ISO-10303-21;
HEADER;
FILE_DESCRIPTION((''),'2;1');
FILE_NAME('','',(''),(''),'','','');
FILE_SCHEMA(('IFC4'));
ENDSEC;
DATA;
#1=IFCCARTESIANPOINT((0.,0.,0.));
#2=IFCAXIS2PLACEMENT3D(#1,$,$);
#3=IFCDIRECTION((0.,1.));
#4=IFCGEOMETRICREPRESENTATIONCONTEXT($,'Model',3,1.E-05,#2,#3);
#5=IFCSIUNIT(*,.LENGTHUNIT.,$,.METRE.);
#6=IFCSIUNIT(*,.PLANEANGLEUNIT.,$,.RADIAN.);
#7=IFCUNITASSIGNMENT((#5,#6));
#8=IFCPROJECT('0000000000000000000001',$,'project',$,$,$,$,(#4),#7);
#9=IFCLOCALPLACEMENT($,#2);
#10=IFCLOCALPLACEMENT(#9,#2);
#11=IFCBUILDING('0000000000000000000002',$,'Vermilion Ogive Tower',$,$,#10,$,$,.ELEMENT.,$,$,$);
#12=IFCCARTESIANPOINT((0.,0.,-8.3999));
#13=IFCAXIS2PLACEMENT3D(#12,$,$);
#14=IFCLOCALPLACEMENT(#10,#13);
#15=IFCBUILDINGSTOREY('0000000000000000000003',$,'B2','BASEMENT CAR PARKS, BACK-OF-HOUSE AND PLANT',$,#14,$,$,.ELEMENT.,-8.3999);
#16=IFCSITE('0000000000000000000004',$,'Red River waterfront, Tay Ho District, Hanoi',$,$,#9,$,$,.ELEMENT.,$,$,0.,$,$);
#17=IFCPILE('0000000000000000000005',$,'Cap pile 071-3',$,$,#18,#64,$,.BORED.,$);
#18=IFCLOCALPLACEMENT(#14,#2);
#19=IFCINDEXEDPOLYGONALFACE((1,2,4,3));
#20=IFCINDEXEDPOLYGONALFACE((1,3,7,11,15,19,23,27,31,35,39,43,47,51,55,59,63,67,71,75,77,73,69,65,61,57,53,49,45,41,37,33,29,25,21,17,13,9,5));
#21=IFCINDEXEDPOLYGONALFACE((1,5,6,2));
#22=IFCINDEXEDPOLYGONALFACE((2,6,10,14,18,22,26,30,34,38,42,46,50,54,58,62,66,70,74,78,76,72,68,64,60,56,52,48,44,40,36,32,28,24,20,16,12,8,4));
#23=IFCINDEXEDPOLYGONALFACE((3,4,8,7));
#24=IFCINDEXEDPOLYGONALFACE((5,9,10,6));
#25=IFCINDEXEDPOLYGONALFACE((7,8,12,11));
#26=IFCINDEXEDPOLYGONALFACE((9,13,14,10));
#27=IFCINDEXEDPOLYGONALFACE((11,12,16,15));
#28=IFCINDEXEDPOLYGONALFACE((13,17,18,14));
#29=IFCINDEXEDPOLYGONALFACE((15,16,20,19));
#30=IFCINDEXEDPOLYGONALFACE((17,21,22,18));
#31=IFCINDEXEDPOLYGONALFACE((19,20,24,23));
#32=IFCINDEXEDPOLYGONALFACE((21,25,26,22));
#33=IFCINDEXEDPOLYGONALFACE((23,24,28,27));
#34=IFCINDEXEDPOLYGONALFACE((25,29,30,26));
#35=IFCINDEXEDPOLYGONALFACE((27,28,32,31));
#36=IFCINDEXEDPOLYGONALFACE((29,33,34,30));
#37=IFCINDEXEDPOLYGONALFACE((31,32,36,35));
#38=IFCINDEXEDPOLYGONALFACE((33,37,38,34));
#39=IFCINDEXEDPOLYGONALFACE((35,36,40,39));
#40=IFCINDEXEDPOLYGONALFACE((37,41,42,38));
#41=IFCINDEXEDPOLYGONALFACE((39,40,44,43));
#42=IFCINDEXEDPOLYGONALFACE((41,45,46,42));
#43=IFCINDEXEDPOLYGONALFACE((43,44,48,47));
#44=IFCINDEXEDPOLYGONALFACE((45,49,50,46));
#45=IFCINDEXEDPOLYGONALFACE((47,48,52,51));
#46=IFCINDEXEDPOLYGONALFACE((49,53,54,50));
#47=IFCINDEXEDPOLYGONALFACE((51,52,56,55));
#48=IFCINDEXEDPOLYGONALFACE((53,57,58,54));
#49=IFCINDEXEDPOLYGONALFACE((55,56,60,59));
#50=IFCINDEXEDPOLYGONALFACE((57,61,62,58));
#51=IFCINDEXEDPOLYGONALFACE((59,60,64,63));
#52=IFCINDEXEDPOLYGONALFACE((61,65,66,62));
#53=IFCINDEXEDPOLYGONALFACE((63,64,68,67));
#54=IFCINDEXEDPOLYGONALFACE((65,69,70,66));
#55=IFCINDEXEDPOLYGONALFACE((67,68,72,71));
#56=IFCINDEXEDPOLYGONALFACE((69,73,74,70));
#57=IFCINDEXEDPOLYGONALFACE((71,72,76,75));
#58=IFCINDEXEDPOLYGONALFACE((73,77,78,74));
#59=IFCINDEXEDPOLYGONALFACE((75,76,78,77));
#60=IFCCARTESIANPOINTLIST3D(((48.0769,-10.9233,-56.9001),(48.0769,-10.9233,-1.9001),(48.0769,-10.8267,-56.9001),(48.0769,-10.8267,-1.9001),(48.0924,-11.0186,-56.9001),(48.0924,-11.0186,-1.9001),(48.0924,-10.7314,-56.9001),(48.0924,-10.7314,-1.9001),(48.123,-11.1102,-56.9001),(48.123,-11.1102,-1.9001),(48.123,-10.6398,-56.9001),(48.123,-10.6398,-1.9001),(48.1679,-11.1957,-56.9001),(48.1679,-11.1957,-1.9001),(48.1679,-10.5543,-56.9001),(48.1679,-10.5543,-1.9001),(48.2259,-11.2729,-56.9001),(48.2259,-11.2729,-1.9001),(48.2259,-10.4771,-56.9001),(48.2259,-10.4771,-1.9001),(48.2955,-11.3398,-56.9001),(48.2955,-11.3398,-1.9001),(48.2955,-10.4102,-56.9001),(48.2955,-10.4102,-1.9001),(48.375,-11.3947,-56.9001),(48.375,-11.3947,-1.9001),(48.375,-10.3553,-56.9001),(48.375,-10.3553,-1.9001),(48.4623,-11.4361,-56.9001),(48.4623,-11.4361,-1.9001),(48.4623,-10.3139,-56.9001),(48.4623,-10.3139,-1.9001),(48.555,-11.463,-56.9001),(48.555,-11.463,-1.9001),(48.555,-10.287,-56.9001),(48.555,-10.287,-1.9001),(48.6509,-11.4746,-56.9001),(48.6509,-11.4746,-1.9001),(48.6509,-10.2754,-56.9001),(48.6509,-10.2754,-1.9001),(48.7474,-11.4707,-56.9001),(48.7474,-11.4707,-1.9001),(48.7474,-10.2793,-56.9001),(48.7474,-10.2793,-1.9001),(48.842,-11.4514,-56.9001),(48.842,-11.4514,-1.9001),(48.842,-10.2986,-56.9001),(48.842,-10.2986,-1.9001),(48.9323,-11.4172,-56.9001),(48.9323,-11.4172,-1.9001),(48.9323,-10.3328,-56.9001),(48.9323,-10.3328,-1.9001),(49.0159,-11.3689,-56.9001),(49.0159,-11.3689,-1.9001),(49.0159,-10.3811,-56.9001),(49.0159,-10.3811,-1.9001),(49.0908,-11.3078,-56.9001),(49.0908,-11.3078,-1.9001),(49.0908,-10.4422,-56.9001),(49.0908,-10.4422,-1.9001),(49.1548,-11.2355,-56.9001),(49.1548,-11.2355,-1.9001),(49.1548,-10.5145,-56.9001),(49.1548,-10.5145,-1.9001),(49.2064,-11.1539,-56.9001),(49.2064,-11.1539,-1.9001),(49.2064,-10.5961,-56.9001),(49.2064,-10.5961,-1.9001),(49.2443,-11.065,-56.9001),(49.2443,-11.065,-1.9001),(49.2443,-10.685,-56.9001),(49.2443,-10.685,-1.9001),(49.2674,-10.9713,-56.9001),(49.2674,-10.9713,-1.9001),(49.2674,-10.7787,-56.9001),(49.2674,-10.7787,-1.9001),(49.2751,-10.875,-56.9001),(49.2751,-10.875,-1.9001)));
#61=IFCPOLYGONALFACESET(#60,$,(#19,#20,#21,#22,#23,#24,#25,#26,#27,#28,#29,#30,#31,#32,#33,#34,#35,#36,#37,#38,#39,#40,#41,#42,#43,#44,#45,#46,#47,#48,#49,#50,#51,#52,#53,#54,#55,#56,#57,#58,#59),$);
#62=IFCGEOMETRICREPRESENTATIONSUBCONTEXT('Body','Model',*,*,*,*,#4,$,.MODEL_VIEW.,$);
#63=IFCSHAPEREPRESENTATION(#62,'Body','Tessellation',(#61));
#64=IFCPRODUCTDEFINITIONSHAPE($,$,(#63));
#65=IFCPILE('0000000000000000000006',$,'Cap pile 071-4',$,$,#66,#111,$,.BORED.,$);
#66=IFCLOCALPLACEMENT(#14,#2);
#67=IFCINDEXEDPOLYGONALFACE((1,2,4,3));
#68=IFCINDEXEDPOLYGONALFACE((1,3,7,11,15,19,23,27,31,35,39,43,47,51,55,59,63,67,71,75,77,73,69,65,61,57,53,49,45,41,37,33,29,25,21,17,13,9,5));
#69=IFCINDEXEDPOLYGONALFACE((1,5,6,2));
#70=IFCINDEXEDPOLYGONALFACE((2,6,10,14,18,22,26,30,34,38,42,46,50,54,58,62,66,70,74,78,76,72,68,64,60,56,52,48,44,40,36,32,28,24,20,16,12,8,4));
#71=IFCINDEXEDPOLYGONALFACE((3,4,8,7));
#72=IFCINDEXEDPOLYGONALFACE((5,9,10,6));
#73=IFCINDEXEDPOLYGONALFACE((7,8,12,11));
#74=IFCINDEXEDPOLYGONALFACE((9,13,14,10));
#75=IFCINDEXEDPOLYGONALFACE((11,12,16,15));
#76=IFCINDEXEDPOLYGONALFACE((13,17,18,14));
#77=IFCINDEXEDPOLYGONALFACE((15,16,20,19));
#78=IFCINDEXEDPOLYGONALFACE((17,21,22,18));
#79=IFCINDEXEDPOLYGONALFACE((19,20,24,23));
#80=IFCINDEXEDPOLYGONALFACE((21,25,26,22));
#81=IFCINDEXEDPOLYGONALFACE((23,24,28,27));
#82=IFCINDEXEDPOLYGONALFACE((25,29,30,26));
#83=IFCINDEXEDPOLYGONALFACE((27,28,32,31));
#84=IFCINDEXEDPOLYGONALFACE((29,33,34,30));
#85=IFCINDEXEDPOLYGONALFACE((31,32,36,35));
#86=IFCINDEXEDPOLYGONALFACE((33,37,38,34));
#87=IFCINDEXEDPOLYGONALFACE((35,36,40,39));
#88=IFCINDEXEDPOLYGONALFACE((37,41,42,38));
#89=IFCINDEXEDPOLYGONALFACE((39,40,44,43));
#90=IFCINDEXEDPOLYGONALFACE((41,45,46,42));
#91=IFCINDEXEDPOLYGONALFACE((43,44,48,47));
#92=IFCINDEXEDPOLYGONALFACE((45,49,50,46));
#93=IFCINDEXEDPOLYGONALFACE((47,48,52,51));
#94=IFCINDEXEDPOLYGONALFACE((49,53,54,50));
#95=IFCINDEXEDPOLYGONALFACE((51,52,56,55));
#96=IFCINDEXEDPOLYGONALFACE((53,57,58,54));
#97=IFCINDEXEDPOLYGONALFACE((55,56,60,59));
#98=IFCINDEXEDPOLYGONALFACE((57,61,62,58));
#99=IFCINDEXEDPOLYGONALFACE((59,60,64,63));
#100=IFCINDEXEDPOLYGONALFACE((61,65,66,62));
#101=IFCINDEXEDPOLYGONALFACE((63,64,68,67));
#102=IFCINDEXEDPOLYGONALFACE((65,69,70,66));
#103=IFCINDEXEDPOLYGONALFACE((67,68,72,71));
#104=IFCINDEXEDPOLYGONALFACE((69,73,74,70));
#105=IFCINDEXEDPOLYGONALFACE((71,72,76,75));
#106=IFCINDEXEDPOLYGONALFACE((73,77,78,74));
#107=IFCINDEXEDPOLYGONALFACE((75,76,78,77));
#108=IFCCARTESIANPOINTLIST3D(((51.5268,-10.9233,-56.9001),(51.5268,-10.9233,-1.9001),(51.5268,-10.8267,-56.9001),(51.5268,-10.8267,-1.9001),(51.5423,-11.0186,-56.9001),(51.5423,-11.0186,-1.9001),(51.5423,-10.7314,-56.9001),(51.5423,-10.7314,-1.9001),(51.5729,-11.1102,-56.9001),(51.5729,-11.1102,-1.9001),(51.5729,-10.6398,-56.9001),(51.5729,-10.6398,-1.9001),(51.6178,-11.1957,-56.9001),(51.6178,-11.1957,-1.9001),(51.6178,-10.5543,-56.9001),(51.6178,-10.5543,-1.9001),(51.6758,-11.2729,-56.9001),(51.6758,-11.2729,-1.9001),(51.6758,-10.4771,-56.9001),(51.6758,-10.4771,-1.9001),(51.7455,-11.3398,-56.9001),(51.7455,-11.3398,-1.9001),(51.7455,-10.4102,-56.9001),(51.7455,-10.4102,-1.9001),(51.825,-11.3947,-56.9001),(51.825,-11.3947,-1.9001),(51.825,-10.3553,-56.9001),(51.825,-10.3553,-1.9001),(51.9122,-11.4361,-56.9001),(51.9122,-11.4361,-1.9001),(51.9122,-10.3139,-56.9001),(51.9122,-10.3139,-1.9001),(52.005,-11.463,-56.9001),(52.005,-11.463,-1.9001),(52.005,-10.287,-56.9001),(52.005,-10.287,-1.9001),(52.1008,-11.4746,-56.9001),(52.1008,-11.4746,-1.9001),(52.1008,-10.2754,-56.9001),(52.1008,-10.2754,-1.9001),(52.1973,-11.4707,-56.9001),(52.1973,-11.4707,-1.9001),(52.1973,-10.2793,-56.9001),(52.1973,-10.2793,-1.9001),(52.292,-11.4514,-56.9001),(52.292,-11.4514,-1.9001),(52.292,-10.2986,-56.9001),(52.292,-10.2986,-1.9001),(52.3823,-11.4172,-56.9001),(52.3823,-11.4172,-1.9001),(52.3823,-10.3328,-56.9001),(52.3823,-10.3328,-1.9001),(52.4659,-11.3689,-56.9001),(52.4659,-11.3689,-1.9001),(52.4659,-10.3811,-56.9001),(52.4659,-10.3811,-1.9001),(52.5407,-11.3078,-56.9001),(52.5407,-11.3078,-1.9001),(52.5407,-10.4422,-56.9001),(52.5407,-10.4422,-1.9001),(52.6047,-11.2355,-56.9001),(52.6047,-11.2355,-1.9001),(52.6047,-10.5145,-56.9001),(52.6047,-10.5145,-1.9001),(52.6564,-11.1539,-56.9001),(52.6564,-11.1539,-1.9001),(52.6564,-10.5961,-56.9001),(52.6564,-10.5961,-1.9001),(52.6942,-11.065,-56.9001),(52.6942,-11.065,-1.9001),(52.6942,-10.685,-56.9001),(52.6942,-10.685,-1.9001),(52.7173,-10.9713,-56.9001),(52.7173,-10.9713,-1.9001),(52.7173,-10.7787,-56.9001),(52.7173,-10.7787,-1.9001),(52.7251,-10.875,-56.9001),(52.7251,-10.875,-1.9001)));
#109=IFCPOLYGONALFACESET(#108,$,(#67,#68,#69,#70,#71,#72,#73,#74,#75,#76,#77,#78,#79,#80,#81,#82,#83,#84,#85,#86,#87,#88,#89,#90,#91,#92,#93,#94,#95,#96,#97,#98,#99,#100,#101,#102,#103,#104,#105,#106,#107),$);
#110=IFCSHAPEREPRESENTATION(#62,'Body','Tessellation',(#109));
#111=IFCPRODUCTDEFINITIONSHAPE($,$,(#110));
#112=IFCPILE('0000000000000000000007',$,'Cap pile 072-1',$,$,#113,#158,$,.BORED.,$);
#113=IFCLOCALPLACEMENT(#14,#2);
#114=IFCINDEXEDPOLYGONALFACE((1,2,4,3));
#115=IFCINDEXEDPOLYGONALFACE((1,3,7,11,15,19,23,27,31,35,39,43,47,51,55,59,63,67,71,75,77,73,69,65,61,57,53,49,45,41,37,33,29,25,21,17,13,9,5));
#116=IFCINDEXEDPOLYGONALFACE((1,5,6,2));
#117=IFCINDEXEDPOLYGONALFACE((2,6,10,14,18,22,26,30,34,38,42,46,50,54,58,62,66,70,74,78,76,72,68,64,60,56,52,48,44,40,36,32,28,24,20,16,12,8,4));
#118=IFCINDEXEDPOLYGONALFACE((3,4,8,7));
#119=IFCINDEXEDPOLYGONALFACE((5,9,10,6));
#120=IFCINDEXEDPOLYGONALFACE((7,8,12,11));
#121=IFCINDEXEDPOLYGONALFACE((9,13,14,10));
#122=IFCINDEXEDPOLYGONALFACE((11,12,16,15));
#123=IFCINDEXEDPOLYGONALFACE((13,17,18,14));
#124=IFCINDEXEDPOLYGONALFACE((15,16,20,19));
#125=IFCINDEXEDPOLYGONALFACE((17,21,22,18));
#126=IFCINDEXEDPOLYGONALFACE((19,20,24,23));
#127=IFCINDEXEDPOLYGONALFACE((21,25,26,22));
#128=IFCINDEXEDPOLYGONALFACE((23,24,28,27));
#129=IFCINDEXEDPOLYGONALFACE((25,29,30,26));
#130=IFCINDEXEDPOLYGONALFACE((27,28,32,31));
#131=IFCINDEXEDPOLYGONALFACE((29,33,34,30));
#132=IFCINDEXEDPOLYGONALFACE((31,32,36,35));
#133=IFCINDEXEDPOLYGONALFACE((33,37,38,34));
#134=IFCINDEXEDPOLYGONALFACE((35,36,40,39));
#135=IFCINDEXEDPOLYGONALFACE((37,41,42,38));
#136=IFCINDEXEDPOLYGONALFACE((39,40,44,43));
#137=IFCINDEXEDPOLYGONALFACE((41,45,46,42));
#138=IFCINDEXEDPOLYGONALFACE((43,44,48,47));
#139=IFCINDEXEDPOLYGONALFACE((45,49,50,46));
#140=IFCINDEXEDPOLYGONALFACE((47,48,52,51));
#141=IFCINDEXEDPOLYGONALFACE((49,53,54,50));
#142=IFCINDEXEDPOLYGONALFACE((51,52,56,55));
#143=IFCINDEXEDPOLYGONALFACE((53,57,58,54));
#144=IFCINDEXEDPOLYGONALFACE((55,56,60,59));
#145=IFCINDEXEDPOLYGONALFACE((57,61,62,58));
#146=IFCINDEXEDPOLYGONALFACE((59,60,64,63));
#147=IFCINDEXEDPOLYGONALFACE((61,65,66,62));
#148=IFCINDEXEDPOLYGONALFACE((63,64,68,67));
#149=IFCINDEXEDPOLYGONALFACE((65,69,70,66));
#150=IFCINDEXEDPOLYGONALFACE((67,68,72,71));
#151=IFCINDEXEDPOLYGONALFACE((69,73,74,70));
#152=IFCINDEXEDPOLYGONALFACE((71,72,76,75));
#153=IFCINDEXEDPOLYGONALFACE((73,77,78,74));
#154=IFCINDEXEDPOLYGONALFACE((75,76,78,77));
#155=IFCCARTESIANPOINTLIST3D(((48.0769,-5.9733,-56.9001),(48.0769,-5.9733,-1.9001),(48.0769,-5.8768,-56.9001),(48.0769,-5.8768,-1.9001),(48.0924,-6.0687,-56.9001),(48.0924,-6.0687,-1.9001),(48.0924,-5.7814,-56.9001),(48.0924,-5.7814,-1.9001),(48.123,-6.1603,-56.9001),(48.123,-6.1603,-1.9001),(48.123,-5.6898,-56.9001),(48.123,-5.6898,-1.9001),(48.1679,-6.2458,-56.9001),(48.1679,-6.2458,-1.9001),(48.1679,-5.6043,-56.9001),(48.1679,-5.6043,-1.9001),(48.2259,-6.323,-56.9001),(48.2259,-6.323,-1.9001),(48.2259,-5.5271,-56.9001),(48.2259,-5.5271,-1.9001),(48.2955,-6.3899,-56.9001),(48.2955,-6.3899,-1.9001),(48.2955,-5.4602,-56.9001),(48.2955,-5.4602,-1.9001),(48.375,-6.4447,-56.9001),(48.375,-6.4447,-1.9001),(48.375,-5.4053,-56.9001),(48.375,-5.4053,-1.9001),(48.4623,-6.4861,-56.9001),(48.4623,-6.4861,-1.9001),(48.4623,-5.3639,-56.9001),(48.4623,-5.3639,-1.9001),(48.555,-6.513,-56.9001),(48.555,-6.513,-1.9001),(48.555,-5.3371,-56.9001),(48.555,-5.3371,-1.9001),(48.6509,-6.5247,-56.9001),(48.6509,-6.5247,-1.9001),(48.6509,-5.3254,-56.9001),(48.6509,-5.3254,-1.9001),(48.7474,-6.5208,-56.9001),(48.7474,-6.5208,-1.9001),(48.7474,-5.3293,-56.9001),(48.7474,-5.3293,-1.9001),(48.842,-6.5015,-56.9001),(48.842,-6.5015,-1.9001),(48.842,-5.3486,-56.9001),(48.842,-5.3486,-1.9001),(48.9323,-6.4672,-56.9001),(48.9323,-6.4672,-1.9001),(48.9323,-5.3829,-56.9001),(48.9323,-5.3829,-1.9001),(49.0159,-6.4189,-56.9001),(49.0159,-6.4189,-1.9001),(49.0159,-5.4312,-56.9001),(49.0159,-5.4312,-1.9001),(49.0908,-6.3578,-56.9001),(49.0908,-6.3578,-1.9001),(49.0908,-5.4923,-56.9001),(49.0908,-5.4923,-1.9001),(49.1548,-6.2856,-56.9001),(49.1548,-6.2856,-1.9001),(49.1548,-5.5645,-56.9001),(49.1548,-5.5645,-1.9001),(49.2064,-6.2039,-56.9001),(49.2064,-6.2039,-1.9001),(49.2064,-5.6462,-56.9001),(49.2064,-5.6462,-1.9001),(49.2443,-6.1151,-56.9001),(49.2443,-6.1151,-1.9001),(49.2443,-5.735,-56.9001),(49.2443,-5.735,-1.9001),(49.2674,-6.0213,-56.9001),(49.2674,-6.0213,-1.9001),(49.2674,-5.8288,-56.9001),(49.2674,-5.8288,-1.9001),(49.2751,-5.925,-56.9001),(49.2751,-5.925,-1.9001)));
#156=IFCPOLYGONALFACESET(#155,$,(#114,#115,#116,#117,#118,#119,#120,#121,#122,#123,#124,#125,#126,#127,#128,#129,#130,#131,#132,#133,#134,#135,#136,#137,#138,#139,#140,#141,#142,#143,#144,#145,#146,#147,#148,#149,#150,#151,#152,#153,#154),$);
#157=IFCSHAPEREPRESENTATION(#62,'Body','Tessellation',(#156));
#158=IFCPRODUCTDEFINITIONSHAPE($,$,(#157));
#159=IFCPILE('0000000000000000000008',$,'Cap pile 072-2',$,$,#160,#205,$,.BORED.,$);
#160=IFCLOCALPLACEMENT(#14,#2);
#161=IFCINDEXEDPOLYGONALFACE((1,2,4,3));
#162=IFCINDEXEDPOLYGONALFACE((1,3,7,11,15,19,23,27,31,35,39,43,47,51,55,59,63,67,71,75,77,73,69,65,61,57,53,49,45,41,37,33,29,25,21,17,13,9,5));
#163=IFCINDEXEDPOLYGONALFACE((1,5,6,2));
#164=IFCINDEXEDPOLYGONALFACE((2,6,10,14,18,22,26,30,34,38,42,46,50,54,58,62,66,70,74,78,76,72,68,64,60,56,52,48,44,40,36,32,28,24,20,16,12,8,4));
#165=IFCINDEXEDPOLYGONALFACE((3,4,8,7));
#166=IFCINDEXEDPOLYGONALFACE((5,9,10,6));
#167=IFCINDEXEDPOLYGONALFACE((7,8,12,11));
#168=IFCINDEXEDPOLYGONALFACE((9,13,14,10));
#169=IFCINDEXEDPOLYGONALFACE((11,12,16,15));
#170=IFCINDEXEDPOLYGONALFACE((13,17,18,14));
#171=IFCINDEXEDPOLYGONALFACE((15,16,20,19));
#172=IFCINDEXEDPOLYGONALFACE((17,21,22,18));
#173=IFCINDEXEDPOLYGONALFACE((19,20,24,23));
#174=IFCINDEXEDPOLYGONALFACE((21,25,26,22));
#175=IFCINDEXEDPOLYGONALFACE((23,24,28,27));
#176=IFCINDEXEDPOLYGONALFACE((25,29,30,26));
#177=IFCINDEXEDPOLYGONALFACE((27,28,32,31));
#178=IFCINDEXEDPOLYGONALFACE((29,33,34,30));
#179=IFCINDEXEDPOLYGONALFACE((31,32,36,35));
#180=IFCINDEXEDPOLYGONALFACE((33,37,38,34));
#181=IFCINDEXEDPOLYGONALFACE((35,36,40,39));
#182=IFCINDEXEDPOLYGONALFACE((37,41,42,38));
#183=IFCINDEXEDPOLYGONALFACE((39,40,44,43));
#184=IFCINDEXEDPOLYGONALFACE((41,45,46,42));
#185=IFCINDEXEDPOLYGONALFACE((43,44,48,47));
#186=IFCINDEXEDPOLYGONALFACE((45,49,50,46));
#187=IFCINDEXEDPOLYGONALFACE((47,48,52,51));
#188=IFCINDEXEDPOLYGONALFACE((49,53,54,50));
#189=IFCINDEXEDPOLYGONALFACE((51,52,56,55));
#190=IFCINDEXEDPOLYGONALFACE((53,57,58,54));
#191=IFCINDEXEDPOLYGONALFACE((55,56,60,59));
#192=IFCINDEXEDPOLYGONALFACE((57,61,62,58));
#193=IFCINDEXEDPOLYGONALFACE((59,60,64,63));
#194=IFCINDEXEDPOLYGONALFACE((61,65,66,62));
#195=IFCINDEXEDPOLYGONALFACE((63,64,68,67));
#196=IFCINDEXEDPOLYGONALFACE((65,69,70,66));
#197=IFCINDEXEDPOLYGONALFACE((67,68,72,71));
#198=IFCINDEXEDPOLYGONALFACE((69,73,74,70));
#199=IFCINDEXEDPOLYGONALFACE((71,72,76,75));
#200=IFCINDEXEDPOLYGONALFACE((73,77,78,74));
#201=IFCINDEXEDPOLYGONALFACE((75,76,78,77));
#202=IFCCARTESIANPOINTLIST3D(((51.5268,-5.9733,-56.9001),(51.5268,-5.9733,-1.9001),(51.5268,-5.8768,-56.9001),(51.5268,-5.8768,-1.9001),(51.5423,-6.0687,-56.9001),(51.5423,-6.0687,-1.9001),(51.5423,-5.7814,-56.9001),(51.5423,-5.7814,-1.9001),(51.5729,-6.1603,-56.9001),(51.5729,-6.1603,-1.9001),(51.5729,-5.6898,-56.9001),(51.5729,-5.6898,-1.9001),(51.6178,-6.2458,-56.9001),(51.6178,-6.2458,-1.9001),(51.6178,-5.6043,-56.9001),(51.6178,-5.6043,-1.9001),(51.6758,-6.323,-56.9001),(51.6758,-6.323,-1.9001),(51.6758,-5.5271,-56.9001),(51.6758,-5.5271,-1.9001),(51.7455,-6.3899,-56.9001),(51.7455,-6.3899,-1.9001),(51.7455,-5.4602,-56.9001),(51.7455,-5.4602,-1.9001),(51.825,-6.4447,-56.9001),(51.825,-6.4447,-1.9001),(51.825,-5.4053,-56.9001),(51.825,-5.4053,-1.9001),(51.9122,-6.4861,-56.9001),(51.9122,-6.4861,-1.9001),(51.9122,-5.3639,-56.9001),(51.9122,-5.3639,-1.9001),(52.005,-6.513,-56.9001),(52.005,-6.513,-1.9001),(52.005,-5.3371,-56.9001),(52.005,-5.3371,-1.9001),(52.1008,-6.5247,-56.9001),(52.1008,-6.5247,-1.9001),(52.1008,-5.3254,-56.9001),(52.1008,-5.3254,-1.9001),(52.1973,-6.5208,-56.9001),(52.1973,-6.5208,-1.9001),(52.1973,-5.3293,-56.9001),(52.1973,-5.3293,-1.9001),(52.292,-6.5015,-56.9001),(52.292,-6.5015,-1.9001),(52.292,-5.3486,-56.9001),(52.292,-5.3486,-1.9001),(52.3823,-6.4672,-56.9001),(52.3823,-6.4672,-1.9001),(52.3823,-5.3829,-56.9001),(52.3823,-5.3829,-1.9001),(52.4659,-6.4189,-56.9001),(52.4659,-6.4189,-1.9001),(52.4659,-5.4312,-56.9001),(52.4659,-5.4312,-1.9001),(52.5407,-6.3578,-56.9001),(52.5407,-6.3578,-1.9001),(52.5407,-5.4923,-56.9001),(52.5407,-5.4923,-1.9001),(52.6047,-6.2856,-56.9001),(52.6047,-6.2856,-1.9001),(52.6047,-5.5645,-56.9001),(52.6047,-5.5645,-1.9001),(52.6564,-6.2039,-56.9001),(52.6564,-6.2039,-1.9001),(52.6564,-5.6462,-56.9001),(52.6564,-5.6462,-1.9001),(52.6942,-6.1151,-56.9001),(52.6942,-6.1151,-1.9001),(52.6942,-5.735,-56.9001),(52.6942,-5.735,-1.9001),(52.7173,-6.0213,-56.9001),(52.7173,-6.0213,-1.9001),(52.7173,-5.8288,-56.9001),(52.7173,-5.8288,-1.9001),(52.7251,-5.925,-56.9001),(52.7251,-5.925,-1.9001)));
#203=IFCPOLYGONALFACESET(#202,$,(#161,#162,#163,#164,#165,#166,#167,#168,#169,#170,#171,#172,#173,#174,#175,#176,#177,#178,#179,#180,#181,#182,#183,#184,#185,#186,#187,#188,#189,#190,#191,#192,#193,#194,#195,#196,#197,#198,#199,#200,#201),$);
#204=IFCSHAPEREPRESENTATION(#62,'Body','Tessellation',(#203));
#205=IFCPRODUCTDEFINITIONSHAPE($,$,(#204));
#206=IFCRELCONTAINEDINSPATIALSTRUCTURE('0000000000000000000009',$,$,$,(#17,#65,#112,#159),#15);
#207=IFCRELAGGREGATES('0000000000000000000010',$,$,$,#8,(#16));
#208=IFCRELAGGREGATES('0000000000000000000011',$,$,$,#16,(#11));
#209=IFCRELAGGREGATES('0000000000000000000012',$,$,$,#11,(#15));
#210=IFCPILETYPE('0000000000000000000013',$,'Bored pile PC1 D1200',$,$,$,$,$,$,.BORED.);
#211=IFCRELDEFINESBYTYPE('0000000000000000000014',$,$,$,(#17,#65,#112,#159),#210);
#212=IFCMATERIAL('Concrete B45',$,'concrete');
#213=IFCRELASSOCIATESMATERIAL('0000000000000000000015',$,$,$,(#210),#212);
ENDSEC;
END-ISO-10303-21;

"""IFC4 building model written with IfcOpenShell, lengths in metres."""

from ifc_helpers import new_model, si_unit, direction, frame, origin, origin_2d, place, context, subcontext, project, spatial, circle, extrude, material, type_object, element, save


model = new_model("IFC4")

# Units and contexts
model_context = context("Model", 3, precision=1e-05, world=origin(), true_north=direction((0.0, 1.0)))
body_context = subcontext(model_context, "Body", "Model", "MODEL_VIEW")
ifc_project = project(units=[si_unit("LENGTHUNIT", "METRE"), si_unit("PLANEANGLEUNIT", "RADIAN")], contexts=[model_context])

# Site, building, storey
site_placement = place(None, origin())
site = spatial("IfcSite", under=ifc_project, at=site_placement, Name="Red River waterfront, Tay Ho District, Hanoi", CompositionType="ELEMENT", RefElevation=0.0)
building_placement = place(site_placement, origin())
building = spatial("IfcBuilding", under=site, at=building_placement, Name="Vermilion Ogive Tower", CompositionType="ELEMENT")
storey_placement = place(building_placement, frame((0.0, 0.0, -8.3999)))
storey = spatial("IfcBuildingStorey", under=building, at=storey_placement, Name="B2", Description="BASEMENT CAR PARKS, BACK-OF-HOUSE AND PLANT", CompositionType="ELEMENT", Elevation=-8.3999)

# Piles
ifc_material_1 = material(Name="Concrete B45", Category="concrete")
pile_type = type_object("IfcPileType", Name="Bored pile PC1 D1200", PredefinedType="BORED", material=ifc_material_1)
for number, where, z_axis, x_axis, name in (
    (1, (48.675, -10.875, -1.9001), (0.0, 0.0, -1.0), (1.0, 0.0, 0.0), "Cap pile 071-3"),
    (2, (52.125, -10.875, -1.9001), (0.0, 0.0, -1.0), (1.0, 0.0, 0.0), "Cap pile 071-4"),
    (3, (48.675, -5.925, -1.9001), (0.0, 0.0, -1.0), (1.0, 0.0, 0.0), "Cap pile 072-1"),
    (4, (52.125, -5.925, -1.9001), (0.0, 0.0, -1.0), (1.0, 0.0, 0.0), "Cap pile 072-2"),
):
    element("IfcPile", number, at=place(storey_placement, frame(where, z_axis=z_axis, x_axis=x_axis)), inside=storey, type_object=pile_type, Name=name, PredefinedType="BORED", context=body_context, shape_type="SweptSolid", body=[
        extrude(circle(Radius=0.6001, at=origin_2d()), origin(), (0.0, 0.0, 1.0), 55.0),
    ])

save(model, "model.ifc")
